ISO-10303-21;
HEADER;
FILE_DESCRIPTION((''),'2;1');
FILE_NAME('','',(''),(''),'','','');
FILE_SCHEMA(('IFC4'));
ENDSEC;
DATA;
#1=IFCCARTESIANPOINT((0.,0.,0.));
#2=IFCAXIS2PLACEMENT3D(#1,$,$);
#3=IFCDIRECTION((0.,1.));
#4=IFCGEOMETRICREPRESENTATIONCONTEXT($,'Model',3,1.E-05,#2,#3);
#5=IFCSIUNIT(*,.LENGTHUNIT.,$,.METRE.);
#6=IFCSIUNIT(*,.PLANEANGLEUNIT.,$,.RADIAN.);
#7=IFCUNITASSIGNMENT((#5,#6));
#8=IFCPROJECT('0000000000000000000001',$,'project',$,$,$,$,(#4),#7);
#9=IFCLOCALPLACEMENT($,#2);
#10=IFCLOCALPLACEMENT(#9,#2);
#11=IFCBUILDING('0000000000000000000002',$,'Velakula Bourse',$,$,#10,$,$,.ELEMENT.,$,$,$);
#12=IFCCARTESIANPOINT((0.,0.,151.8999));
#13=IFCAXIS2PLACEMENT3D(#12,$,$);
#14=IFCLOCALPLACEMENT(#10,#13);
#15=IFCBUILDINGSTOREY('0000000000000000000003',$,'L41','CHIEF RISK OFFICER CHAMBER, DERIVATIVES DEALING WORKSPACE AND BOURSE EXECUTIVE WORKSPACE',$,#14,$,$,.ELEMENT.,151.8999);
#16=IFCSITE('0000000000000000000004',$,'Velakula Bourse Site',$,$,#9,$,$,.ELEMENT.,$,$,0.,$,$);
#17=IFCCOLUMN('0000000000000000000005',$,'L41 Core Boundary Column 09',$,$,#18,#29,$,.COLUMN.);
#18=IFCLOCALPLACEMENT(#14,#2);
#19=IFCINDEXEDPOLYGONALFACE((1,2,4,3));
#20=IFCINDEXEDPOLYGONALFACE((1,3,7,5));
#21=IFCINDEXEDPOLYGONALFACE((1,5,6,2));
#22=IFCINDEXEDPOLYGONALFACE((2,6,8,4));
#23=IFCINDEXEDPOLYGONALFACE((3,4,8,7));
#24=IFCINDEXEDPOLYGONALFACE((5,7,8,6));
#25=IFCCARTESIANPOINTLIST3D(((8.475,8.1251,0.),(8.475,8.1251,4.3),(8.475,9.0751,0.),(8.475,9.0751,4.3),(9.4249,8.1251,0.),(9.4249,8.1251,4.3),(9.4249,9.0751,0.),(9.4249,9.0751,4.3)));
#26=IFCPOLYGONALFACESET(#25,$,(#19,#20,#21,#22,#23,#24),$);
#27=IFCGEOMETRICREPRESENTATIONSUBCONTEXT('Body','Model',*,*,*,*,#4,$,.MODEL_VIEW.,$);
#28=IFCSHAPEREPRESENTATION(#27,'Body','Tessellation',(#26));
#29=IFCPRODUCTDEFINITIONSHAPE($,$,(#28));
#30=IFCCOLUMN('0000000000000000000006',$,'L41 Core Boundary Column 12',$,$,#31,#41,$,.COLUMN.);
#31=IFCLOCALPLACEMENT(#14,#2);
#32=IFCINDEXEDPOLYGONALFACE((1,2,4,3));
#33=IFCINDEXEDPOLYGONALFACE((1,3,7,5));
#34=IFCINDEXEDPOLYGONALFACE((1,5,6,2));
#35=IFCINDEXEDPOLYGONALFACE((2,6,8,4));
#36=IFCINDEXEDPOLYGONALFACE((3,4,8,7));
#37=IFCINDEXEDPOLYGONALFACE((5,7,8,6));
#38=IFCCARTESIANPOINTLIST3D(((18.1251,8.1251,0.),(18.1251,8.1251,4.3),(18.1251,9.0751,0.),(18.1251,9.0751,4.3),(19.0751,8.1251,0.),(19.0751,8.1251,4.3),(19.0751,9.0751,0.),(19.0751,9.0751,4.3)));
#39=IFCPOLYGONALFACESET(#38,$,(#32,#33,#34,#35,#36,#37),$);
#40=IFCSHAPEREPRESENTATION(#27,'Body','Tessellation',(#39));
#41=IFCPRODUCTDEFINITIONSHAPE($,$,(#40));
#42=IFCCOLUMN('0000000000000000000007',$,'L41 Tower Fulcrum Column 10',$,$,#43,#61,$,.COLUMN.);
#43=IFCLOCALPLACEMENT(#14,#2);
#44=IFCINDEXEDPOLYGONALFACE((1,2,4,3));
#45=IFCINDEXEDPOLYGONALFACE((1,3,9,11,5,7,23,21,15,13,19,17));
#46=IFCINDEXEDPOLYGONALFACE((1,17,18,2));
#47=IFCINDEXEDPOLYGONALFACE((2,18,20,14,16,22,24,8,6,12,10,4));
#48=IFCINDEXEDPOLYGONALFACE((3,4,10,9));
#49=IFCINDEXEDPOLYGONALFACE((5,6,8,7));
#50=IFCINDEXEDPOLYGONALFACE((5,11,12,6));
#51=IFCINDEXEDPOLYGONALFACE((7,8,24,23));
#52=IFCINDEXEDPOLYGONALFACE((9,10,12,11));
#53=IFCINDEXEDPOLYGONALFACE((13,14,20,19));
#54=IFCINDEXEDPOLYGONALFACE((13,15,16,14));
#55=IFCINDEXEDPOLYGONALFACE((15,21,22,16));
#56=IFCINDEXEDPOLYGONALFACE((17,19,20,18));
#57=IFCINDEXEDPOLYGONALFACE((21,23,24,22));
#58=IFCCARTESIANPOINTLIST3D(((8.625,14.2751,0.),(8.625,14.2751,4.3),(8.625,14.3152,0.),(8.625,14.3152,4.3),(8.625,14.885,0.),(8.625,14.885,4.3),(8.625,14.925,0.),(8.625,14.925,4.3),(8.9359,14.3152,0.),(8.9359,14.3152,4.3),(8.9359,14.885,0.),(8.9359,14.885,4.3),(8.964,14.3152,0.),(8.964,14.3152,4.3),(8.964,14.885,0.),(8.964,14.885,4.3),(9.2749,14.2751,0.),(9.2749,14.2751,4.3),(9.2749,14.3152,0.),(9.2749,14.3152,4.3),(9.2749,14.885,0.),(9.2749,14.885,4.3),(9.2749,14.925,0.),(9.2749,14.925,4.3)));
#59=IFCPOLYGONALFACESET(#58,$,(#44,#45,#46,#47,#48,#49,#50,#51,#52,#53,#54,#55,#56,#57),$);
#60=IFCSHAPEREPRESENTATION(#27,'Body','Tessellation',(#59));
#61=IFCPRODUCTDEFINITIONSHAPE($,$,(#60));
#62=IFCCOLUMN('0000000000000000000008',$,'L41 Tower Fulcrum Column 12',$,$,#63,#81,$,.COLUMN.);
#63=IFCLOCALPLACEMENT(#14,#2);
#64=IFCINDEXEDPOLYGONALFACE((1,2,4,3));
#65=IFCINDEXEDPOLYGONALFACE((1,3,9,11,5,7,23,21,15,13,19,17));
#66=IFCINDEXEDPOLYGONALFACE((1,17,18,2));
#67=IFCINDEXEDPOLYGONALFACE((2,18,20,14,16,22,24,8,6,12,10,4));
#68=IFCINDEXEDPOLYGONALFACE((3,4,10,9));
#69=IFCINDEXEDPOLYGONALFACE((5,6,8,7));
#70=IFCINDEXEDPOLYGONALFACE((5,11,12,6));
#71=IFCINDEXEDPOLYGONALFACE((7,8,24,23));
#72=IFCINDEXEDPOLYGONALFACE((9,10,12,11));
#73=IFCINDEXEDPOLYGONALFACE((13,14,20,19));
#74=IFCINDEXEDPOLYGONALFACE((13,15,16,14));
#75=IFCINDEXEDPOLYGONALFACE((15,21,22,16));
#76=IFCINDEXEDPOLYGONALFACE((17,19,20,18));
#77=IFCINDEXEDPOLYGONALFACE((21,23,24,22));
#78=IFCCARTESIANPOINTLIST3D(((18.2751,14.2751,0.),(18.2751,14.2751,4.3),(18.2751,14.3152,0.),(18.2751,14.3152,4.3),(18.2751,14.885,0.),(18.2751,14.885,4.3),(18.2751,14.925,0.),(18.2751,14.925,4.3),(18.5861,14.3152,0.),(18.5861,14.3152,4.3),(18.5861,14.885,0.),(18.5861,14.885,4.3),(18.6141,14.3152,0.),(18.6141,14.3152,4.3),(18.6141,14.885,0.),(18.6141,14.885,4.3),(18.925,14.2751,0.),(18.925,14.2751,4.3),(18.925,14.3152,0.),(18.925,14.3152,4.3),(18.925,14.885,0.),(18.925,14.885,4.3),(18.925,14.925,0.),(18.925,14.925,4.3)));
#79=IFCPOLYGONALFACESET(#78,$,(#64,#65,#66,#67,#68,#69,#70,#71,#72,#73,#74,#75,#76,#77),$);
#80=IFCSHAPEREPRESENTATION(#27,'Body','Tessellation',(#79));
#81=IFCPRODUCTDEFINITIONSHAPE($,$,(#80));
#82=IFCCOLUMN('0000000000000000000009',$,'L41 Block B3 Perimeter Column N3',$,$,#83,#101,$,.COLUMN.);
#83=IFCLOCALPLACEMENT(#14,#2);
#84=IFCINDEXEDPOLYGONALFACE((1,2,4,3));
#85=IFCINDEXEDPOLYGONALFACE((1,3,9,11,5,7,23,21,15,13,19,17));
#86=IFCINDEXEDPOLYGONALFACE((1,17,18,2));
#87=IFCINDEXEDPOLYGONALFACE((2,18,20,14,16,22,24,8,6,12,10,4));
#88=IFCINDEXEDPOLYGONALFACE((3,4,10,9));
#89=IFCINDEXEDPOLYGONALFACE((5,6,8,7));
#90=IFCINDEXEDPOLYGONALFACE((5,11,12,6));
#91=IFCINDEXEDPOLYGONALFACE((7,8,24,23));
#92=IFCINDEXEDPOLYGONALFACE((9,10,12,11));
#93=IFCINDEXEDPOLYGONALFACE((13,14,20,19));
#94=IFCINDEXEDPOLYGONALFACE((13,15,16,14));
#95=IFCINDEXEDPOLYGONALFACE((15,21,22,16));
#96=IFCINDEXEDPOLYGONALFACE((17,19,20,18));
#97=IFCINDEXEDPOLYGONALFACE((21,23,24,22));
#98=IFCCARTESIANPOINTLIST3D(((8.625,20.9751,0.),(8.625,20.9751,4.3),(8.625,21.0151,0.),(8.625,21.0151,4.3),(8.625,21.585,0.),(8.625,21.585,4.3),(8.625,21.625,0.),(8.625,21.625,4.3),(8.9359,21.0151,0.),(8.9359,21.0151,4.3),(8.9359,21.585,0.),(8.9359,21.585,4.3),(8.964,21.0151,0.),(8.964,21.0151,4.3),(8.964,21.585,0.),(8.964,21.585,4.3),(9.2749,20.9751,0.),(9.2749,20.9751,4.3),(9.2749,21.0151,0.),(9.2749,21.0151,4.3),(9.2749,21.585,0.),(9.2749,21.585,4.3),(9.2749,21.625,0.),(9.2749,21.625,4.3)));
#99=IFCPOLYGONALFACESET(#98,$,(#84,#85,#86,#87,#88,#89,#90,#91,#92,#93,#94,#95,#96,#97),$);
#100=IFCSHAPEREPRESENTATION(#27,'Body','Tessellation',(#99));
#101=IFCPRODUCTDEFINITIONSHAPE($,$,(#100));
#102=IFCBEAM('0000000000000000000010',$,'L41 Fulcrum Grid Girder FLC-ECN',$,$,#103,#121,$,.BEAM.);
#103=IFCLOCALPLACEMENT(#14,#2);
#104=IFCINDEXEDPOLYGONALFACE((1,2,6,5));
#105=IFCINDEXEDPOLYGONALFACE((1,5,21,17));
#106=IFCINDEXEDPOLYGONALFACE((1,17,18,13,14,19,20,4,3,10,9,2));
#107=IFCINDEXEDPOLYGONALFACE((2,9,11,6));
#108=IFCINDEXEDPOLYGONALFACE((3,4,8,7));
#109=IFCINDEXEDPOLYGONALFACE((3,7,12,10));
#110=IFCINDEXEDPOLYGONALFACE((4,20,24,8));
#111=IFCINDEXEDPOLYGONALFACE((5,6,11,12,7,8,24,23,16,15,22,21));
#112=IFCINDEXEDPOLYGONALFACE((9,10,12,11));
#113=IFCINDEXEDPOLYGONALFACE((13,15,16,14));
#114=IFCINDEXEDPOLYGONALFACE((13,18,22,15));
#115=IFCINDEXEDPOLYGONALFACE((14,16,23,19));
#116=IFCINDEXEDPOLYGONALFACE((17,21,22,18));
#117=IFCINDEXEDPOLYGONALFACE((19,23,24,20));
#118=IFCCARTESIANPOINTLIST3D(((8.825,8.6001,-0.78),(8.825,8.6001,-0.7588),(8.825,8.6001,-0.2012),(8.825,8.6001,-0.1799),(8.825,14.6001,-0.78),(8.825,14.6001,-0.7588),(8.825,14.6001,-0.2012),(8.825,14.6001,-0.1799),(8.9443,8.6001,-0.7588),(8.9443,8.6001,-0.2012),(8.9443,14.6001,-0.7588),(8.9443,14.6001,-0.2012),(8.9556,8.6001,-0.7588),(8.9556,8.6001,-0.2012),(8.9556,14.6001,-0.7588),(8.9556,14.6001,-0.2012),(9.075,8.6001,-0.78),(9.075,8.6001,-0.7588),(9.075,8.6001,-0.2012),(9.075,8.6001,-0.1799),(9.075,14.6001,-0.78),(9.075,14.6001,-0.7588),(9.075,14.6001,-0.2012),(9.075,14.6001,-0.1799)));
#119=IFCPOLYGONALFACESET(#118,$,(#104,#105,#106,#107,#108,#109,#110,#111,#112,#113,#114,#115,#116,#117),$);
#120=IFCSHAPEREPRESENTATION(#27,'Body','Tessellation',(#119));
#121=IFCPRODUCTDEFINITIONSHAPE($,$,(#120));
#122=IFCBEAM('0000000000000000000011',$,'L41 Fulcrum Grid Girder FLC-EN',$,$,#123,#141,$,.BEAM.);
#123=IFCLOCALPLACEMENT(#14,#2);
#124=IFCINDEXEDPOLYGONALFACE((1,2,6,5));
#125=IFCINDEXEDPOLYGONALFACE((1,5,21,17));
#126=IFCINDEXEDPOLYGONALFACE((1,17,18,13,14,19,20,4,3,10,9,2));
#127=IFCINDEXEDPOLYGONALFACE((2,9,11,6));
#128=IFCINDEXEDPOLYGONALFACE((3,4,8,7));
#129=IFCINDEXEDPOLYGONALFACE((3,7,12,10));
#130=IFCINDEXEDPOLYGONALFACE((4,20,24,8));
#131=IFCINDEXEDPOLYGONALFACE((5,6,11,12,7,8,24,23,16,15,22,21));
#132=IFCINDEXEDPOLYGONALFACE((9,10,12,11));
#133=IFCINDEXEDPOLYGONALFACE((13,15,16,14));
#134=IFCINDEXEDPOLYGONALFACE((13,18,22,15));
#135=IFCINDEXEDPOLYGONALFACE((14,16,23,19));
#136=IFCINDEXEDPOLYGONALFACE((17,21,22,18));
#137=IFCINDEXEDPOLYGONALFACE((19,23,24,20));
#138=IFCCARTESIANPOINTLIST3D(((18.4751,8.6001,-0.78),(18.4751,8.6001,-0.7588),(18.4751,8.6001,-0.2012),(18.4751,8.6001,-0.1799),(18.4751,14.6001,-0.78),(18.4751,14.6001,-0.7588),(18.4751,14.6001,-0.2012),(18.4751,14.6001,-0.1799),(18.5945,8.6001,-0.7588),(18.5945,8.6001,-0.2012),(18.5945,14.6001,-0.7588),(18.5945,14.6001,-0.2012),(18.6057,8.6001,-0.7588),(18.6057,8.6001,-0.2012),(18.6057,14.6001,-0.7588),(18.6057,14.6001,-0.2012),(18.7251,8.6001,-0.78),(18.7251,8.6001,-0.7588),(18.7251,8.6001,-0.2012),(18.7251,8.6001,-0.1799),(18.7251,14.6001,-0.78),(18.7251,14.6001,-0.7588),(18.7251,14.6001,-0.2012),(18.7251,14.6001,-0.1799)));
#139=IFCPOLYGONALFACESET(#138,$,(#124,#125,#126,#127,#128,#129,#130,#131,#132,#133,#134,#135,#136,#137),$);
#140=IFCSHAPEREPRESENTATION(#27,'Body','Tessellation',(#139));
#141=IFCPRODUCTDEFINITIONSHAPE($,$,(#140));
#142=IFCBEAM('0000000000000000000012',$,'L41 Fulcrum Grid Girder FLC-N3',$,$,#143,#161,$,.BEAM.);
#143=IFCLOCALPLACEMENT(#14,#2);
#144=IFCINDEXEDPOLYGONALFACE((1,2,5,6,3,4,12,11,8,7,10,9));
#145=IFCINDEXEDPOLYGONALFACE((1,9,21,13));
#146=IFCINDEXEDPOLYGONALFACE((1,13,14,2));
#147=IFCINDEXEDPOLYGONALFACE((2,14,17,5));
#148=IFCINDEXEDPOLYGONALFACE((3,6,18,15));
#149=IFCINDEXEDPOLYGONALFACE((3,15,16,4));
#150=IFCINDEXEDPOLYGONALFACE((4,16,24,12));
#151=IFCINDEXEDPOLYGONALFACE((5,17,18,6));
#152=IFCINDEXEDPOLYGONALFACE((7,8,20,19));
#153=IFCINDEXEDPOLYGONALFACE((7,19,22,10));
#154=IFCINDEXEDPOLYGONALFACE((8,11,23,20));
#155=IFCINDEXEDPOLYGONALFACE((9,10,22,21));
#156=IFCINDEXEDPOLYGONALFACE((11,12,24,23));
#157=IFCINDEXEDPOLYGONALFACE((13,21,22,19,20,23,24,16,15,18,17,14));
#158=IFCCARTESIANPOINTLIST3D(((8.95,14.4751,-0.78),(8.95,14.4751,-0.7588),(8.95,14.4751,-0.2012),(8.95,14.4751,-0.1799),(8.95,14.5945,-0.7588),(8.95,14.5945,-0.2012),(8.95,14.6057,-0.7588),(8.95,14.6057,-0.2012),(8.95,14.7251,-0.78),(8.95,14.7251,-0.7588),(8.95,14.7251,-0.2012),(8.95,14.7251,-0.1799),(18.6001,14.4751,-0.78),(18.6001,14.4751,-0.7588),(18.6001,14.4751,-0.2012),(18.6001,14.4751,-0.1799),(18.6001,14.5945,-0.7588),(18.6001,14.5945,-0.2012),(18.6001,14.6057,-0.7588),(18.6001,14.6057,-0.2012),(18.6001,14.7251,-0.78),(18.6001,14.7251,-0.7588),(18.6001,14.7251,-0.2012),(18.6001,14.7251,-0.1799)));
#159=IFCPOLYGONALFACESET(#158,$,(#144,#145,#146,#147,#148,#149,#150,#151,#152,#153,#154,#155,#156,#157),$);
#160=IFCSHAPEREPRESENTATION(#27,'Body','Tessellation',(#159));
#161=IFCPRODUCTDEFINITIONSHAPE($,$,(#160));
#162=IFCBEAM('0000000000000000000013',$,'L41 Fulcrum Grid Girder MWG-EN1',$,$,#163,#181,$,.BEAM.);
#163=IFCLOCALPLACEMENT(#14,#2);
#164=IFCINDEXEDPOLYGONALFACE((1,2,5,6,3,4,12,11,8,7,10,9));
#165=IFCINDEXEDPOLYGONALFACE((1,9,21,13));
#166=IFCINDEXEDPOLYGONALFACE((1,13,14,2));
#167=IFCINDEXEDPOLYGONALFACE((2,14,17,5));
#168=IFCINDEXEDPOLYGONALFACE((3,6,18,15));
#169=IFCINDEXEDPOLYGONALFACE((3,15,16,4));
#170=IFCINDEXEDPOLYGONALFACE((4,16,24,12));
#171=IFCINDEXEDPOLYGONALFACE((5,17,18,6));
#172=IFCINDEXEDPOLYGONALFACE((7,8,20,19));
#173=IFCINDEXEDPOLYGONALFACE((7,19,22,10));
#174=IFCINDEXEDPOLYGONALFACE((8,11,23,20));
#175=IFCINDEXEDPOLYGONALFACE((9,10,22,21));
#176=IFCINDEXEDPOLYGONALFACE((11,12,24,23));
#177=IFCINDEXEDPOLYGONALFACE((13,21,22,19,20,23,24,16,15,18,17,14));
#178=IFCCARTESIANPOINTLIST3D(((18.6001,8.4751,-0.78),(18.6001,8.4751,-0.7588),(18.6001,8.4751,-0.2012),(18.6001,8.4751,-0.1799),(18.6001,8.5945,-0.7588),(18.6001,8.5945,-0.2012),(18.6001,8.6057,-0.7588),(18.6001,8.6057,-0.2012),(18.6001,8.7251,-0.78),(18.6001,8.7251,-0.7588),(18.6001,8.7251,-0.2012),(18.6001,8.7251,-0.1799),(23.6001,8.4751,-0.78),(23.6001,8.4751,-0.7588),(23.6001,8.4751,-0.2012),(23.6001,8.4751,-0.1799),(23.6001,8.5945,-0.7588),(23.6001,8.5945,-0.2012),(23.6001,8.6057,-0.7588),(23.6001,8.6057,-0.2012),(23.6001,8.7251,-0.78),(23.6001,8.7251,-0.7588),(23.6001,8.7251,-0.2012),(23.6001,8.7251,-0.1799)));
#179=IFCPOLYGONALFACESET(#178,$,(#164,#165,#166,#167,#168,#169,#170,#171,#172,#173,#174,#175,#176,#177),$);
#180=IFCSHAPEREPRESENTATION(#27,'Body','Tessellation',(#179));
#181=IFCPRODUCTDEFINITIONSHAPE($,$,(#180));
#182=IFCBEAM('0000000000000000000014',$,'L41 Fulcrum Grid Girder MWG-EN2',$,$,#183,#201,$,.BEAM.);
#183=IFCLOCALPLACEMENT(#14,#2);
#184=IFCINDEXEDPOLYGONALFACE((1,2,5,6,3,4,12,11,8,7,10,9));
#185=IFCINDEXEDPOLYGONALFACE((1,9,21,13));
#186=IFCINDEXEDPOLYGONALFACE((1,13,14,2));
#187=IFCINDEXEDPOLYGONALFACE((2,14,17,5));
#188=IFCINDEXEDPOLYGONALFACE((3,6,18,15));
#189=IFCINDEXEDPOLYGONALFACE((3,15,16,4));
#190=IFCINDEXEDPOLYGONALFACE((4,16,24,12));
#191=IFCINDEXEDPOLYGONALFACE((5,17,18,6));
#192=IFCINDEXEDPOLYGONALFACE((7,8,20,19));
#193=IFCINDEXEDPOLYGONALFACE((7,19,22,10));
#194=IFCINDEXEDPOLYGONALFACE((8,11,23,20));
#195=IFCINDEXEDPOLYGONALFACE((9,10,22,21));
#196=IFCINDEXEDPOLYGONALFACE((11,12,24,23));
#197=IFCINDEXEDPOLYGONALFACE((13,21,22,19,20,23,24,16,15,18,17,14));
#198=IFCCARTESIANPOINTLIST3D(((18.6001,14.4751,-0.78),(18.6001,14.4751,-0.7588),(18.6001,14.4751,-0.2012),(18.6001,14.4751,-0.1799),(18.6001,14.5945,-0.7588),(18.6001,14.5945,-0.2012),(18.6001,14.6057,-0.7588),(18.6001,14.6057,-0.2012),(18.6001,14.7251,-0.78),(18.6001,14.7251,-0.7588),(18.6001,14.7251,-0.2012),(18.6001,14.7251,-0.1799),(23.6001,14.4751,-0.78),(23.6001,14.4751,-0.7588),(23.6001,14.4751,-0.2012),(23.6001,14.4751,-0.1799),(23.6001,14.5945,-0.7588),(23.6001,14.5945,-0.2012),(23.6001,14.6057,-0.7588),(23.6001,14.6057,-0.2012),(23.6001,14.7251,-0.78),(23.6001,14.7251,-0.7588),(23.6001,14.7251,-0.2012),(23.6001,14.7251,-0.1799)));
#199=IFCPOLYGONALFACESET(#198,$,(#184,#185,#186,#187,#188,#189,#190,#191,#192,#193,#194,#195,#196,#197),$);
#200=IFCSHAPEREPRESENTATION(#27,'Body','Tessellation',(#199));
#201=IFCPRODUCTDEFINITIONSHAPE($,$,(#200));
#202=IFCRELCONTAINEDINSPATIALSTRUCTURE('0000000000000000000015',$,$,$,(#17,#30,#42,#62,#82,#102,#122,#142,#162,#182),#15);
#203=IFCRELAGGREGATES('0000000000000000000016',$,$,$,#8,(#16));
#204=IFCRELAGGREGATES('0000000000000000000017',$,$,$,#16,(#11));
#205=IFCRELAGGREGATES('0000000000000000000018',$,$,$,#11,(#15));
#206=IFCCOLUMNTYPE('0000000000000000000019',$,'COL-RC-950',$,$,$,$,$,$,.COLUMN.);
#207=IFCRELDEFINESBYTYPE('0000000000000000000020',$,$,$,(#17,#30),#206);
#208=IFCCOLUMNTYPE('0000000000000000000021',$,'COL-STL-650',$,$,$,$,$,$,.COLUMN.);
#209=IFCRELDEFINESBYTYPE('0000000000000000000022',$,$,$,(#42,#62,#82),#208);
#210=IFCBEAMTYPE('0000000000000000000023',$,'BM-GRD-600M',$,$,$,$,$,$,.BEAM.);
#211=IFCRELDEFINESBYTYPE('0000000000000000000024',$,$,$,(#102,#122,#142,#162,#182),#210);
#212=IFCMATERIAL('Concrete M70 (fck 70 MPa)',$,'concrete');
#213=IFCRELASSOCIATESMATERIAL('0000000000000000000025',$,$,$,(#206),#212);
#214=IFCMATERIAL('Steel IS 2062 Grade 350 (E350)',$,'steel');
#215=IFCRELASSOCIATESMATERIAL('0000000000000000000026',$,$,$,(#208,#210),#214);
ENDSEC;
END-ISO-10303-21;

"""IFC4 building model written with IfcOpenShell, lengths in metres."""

from ifc_helpers import new_model, si_unit, direction, frame, origin, origin_2d, place, context, subcontext, project, spatial, rectangle, i_section, extrude, material, material_profile, profile_set, type_object, element, save


model = new_model("IFC4")

# Units and contexts
model_context = context("Model", 3, precision=1e-05, world=origin(), true_north=direction((0.0, 1.0)))
body_context = subcontext(model_context, "Body", "Model", "MODEL_VIEW")
ifc_project = project(units=[si_unit("LENGTHUNIT", "METRE"), si_unit("PLANEANGLEUNIT", "RADIAN")], contexts=[model_context])

# Site, building, storey
site_placement = place(None, origin())
site = spatial("IfcSite", under=ifc_project, at=site_placement, Name="Velakula Bourse Site", CompositionType="ELEMENT", RefElevation=0.0)
building_placement = place(site_placement, origin())
building = spatial("IfcBuilding", under=site, at=building_placement, Name="Velakula Bourse", CompositionType="ELEMENT")
storey_placement = place(building_placement, frame((0.0, 0.0, 151.8999)))
storey = spatial("IfcBuildingStorey", under=building, at=storey_placement, Name="L41", Description="CHIEF RISK OFFICER CHAMBER, DERIVATIVES DEALING WORKSPACE AND BOURSE EXECUTIVE WORKSPACE", CompositionType="ELEMENT", Elevation=151.8999)

# Columns
ifc_material_1 = material(Name="Concrete M70 (fck 70 MPa)", Category="concrete")
ifc_material_profile_1 = material_profile(ifc_material_1, rectangle(XDim=0.95, YDim=0.95, at=origin_2d()), Name="Concrete M70 (fck 70 MPa)")
ifc_profile_set_1 = profile_set([ifc_material_profile_1], Name="Concrete M70 (fck 70 MPa)")
column_type_1 = type_object("IfcColumnType", Name="COL-RC-950", PredefinedType="COLUMN", material=ifc_profile_set_1)
for number, where, z_axis, x_axis, name in (
    (1, (8.95, 8.6001, 0.0), (0.0, 0.0, 1.0), (1.0, 0.0, 0.0), "L41 Core Boundary Column 09"),
    (2, (18.6001, 8.6001, 0.0), (0.0, 0.0, 1.0), (1.0, 0.0, 0.0), "L41 Core Boundary Column 12"),
):
    element("IfcColumn", number, at=place(storey_placement, frame(where, z_axis=z_axis, x_axis=x_axis)), inside=storey, type_object=column_type_1, Name=name, PredefinedType="COLUMN", context=body_context, shape_type="SweptSolid", body=[
        extrude(rectangle(XDim=0.95, YDim=0.95, at=origin_2d()), origin(), (0.0, 0.0, 1.0), 4.3),
    ])
ifc_material_2 = material(Name="Steel IS 2062 Grade 350 (E350)", Category="steel")
ifc_material_profile_2 = material_profile(ifc_material_2, i_section(OverallWidth=0.6499, OverallDepth=0.6499, WebThickness=0.0281, FlangeThickness=0.04, at=origin_2d()), Name="Steel IS 2062 Grade 350 (E350)")
ifc_profile_set_2 = profile_set([ifc_material_profile_2], Name="Steel IS 2062 Grade 350 (E350)")
column_type_2 = type_object("IfcColumnType", Name="COL-STL-650", PredefinedType="COLUMN", material=ifc_profile_set_2)
for number, where, z_axis, x_axis, name in (
    (3, (8.95, 14.6001, 0.0), (0.0, 0.0, 1.0), (1.0, 0.0, 0.0), "L41 Tower Fulcrum Column 10"),
    (4, (18.6001, 14.6001, 0.0), (0.0, 0.0, 1.0), (1.0, 0.0, 0.0), "L41 Tower Fulcrum Column 12"),
    (5, (8.95, 21.3, 0.0), (0.0, 0.0, 1.0), (1.0, 0.0, 0.0), "L41 Block B3 Perimeter Column N3"),
):
    element("IfcColumn", number, at=place(storey_placement, frame(where, z_axis=z_axis, x_axis=x_axis)), inside=storey, type_object=column_type_2, Name=name, PredefinedType="COLUMN", context=body_context, shape_type="SweptSolid", body=[
        extrude(i_section(OverallWidth=0.6499, OverallDepth=0.6499, WebThickness=0.0281, FlangeThickness=0.04, at=origin_2d()), origin(), (0.0, 0.0, 1.0), 4.3),
    ])

# Beams
ifc_material_profile_3 = material_profile(ifc_material_2, i_section(OverallWidth=0.25, OverallDepth=0.6001, WebThickness=0.0112, FlangeThickness=0.0212, at=origin_2d()), Name="Steel IS 2062 Grade 350 (E350)")
ifc_profile_set_3 = profile_set([ifc_material_profile_3], Name="Steel IS 2062 Grade 350 (E350)")
beam_type_1 = type_object("IfcBeamType", Name="BM-GRD-600M", PredefinedType="BEAM", material=ifc_profile_set_3)
for number, where, z_axis, x_axis, name in (
    (6, (8.95, 8.6001, -0.48), (0.0, 1.0, 0.0), (-1.0, 0.0, 0.0), "L41 Fulcrum Grid Girder FLC-ECN"),
    (7, (18.6001, 8.6001, -0.48), (0.0, 1.0, 0.0), (-1.0, 0.0, 0.0), "L41 Fulcrum Grid Girder FLC-EN"),
):
    element("IfcBeam", number, at=place(storey_placement, frame(where, z_axis=z_axis, x_axis=x_axis)), inside=storey, type_object=beam_type_1, Name=name, PredefinedType="BEAM", context=body_context, shape_type="SweptSolid", body=[
        extrude(i_section(OverallWidth=0.25, OverallDepth=0.6001, WebThickness=0.0112, FlangeThickness=0.0212, at=origin_2d()), origin(), (0.0, 0.0, 1.0), 6.0),
    ])
beam_1_placement = place(storey_placement, frame((8.95, 14.6001, -0.48), z_axis=(1.0, 0.0, 0.0), x_axis=(0.0, 1.0, 0.0)))
element("IfcBeam", 8, at=beam_1_placement, inside=storey, type_object=beam_type_1, Name="L41 Fulcrum Grid Girder FLC-N3", PredefinedType="BEAM", context=body_context, shape_type="SweptSolid", body=[
    extrude(i_section(OverallWidth=0.25, OverallDepth=0.6001, WebThickness=0.0112, FlangeThickness=0.0212, at=origin_2d()), origin(), (0.0, 0.0, 1.0), 9.6501),
])
for number, where, z_axis, x_axis, name in (
    (9, (18.6001, 8.6001, -0.48), (1.0, 0.0, 0.0), (0.0, 1.0, 0.0), "L41 Fulcrum Grid Girder MWG-EN1"),
    (10, (18.6001, 14.6001, -0.48), (1.0, 0.0, 0.0), (0.0, 1.0, 0.0), "L41 Fulcrum Grid Girder MWG-EN2"),
):
    element("IfcBeam", number, at=place(storey_placement, frame(where, z_axis=z_axis, x_axis=x_axis)), inside=storey, type_object=beam_type_1, Name=name, PredefinedType="BEAM", context=body_context, shape_type="SweptSolid", body=[
        extrude(i_section(OverallWidth=0.25, OverallDepth=0.6001, WebThickness=0.0112, FlangeThickness=0.0212, at=origin_2d()), origin(), (0.0, 0.0, 1.0), 5.0),
    ])

save(model, "model.ifc")
